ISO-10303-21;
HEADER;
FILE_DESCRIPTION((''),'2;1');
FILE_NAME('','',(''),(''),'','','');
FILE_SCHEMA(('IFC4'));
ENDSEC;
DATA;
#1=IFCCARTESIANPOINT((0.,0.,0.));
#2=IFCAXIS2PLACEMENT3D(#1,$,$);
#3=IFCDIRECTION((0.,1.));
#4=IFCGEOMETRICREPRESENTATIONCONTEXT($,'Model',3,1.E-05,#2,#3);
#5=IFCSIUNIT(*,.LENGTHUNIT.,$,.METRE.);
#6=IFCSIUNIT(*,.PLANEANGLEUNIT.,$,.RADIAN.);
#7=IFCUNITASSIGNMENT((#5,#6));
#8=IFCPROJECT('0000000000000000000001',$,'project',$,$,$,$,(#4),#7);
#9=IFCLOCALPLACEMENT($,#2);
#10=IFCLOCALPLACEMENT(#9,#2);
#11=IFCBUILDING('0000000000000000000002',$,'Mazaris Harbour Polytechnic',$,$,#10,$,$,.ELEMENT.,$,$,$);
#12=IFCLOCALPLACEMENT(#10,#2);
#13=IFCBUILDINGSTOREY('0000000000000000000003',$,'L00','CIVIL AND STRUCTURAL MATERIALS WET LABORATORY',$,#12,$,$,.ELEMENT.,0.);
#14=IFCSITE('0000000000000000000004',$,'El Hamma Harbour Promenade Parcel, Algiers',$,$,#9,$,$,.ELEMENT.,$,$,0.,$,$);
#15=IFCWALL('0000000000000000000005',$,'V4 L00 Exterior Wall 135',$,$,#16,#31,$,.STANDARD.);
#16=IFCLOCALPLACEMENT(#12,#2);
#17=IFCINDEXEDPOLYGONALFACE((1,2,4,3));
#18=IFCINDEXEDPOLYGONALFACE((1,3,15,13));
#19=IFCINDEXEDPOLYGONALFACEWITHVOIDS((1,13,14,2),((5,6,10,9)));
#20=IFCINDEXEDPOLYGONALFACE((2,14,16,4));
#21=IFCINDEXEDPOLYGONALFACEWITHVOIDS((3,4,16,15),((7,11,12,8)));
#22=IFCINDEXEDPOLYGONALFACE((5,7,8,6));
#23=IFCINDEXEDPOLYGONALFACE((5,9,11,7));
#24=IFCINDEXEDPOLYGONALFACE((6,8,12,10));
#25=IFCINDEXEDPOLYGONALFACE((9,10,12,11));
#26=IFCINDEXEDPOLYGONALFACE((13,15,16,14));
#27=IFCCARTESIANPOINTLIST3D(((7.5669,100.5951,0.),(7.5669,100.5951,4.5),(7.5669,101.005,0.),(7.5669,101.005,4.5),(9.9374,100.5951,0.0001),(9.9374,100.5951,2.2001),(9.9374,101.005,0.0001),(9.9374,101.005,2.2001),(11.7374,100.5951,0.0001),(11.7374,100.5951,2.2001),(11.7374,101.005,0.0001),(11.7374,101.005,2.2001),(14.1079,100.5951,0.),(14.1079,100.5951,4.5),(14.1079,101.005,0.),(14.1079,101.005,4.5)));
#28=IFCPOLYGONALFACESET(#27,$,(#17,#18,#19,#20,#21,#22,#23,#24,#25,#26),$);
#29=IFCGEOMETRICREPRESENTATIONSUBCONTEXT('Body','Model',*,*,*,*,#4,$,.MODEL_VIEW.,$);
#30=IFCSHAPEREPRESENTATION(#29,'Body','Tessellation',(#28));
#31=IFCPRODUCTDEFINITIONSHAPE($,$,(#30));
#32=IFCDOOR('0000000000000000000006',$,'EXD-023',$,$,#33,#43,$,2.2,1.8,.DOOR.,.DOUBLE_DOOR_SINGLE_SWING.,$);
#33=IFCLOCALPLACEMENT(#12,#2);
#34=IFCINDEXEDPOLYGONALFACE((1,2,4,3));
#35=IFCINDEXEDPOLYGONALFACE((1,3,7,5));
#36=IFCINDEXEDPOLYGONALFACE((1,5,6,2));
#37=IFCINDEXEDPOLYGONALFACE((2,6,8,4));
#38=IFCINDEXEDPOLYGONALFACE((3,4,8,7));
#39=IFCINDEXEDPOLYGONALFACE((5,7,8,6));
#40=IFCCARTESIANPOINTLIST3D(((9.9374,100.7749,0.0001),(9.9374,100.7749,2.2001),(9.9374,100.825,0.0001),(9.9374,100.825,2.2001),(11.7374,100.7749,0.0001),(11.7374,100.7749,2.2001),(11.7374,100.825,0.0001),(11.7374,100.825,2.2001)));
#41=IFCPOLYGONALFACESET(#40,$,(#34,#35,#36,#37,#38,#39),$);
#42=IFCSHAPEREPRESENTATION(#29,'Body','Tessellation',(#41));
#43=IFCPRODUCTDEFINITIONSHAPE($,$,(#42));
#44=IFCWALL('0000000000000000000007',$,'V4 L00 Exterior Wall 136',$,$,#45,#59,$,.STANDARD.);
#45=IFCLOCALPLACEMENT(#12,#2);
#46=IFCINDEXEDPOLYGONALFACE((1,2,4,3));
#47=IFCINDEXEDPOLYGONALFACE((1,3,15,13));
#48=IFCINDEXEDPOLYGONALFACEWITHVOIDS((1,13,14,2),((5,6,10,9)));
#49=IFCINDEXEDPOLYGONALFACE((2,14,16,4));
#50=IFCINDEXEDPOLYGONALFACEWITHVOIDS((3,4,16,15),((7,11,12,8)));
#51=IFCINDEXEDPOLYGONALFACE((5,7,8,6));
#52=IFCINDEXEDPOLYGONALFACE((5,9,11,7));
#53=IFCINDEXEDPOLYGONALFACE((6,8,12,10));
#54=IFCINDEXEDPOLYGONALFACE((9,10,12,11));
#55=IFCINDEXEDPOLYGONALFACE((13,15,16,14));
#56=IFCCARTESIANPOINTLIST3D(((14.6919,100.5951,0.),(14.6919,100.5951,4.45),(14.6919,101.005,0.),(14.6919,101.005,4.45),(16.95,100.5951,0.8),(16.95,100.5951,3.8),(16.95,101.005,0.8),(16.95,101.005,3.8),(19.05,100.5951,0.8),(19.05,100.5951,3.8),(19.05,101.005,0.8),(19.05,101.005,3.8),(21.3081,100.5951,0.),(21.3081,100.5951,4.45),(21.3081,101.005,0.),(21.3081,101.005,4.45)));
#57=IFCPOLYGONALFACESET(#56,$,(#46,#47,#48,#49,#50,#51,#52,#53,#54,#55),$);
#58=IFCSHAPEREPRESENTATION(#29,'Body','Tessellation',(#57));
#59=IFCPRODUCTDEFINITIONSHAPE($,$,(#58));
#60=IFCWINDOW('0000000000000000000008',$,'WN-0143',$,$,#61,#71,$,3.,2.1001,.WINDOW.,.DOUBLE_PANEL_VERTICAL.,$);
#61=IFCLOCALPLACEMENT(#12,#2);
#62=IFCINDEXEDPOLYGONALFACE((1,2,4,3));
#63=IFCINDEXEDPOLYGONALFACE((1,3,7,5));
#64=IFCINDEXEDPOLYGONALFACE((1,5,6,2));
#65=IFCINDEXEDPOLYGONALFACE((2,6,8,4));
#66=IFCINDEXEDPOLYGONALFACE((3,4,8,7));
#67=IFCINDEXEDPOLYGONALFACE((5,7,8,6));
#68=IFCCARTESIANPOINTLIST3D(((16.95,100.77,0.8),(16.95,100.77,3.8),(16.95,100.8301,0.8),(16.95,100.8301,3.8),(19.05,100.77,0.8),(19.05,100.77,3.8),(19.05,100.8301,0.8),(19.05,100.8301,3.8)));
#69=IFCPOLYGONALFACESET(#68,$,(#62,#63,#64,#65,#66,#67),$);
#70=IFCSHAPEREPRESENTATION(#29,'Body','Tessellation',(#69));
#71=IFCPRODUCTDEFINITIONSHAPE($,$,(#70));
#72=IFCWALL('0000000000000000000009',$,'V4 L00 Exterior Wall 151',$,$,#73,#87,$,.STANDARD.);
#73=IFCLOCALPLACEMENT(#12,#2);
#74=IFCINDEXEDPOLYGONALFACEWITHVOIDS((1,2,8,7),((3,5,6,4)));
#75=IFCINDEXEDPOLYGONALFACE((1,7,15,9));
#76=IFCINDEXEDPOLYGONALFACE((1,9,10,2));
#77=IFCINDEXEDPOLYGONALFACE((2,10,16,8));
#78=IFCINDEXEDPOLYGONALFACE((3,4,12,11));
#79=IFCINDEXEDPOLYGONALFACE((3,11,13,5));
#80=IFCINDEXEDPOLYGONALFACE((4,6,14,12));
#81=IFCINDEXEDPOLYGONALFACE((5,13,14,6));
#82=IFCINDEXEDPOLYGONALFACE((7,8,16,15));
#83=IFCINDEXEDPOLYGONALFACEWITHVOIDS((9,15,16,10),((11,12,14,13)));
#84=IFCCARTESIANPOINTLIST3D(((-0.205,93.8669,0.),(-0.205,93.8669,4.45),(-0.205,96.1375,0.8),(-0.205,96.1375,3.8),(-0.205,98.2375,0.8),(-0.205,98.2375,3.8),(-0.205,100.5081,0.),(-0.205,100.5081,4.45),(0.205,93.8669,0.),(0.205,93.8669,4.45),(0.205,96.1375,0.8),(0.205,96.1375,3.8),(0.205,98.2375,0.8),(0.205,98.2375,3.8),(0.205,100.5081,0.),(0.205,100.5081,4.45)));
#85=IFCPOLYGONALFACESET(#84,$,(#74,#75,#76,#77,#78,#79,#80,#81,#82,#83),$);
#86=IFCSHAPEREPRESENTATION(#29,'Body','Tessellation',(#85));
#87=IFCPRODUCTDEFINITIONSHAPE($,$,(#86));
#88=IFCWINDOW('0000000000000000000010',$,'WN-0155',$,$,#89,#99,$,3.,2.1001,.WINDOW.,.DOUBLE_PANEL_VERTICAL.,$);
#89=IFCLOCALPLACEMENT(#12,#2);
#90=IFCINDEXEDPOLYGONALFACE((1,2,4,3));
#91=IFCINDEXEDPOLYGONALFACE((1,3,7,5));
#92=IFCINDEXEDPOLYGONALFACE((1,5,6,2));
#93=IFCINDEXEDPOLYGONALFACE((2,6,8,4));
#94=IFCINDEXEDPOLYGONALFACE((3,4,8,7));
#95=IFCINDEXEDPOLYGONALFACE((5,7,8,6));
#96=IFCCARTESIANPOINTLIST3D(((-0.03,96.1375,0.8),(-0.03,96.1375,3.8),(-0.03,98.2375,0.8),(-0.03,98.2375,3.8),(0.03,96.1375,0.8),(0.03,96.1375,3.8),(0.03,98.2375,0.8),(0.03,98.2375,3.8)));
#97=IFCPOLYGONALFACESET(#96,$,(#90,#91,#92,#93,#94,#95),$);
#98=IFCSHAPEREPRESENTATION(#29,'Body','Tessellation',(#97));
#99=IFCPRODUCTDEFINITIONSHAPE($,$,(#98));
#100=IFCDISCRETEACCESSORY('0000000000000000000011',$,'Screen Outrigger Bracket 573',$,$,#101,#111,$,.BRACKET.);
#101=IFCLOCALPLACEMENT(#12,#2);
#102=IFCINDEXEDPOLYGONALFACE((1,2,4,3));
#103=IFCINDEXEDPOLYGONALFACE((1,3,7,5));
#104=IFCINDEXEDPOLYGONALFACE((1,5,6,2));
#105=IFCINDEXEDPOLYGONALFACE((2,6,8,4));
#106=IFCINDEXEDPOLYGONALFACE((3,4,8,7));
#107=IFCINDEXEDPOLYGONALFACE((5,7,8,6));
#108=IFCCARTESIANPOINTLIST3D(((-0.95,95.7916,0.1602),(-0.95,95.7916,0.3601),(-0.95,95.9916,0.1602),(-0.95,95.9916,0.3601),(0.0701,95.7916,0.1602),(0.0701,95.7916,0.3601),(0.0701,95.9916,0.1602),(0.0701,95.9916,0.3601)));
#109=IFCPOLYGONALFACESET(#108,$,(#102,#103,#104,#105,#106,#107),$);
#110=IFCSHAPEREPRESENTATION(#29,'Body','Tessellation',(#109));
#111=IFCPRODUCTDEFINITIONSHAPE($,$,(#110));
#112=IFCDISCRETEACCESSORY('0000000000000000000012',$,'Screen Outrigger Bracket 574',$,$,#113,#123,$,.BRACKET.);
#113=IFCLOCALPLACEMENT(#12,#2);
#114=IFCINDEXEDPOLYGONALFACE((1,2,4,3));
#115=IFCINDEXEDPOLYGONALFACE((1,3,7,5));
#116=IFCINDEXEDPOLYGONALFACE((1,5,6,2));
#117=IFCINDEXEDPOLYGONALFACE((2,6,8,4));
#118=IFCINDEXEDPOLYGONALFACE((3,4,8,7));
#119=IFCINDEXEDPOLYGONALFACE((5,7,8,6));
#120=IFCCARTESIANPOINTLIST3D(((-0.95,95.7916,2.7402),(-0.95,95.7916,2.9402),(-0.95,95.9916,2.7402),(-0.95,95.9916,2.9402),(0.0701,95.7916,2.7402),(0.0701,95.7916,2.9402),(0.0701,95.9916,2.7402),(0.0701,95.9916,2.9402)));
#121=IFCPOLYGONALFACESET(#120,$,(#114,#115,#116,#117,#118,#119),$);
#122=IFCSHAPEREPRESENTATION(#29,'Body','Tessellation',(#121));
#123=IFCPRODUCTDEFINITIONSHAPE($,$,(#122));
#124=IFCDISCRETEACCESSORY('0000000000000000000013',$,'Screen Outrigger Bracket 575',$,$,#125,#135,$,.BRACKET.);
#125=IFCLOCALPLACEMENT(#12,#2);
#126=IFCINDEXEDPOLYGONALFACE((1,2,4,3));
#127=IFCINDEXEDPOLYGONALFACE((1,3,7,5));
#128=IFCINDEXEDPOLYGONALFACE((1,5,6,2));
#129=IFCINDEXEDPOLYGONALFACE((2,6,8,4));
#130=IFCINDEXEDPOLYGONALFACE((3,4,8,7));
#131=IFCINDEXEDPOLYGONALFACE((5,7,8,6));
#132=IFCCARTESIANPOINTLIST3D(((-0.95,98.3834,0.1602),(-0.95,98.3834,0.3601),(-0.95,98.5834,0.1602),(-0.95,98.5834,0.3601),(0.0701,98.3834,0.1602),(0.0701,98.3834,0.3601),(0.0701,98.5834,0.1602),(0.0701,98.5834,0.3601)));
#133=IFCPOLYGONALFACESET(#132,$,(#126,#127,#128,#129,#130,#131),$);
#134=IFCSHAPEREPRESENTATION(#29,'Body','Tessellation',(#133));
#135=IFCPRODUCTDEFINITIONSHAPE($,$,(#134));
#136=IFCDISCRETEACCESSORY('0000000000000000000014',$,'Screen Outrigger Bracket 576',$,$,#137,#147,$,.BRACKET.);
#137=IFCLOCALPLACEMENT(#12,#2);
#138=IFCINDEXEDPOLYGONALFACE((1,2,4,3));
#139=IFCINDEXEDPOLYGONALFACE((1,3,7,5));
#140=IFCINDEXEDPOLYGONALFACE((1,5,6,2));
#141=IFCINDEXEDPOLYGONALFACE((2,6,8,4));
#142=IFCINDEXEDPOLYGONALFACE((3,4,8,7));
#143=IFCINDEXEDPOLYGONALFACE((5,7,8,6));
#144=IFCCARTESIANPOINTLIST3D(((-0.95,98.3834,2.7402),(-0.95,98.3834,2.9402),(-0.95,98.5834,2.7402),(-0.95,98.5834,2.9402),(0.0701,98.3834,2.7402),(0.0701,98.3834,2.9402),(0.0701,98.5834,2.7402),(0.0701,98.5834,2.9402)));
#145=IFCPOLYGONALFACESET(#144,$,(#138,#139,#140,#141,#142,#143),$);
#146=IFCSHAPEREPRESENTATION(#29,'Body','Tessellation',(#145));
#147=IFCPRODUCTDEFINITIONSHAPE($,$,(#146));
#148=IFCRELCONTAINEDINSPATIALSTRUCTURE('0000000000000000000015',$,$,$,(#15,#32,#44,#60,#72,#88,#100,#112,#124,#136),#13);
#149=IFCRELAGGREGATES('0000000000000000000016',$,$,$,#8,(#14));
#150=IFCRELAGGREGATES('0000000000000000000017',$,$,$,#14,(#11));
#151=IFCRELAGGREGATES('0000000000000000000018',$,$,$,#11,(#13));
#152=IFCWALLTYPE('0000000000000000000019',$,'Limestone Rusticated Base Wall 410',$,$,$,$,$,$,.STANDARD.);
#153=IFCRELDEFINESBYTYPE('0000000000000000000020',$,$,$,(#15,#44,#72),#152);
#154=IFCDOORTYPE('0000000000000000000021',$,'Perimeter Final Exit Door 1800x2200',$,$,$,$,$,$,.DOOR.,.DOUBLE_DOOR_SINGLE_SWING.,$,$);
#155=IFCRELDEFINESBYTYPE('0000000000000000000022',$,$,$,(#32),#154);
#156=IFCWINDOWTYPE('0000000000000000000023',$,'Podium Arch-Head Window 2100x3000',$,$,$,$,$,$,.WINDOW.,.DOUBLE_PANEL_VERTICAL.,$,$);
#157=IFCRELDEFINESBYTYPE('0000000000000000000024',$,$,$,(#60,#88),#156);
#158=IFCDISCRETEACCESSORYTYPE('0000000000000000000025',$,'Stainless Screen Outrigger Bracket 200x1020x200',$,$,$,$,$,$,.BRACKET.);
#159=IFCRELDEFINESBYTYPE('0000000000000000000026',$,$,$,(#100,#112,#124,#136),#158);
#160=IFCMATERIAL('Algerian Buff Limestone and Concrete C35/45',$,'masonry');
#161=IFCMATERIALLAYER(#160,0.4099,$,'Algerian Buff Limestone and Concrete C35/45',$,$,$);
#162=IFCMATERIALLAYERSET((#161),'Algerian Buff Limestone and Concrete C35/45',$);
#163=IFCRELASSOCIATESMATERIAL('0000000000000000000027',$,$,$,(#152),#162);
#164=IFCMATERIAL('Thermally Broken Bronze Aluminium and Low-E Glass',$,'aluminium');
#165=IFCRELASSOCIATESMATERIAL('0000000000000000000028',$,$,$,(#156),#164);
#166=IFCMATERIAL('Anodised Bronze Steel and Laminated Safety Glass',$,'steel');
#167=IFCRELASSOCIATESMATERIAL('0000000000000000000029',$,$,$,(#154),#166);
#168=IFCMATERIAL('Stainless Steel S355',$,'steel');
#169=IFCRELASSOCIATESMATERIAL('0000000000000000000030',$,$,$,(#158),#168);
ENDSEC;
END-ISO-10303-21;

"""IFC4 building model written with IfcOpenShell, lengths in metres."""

from ifc_helpers import new_model, si_unit, direction, frame, frame_2d, origin, origin_2d, place, context, subcontext, project, spatial, rectangle, extrude, material, layer, layer_set, type_object, element, fill, save


model = new_model("IFC4")

# Units and contexts
model_context = context("Model", 3, precision=1e-05, world=origin(), true_north=direction((0.0, 1.0)))
body_context = subcontext(model_context, "Body", "Model", "MODEL_VIEW")
ifc_project = project(units=[si_unit("LENGTHUNIT", "METRE"), si_unit("PLANEANGLEUNIT", "RADIAN")], contexts=[model_context])

# Site, building, storey
site_placement = place(None, origin())
site = spatial("IfcSite", under=ifc_project, at=site_placement, Name="El Hamma Harbour Promenade Parcel, Algiers", CompositionType="ELEMENT", RefElevation=0.0)
building_placement = place(site_placement, origin())
building = spatial("IfcBuilding", under=site, at=building_placement, Name="Mazaris Harbour Polytechnic", CompositionType="ELEMENT")
storey_placement = place(building_placement, origin())
storey = spatial("IfcBuildingStorey", under=building, at=storey_placement, Name="L00", Description="CIVIL AND STRUCTURAL MATERIALS WET LABORATORY", CompositionType="ELEMENT", Elevation=0.0)

# Shared definitions
ifc_material_1 = material(Name="Algerian Buff Limestone and Concrete C35/45", Category="masonry")
ifc_layer = layer(ifc_material_1, 0.4099, Name="Algerian Buff Limestone and Concrete C35/45")
ifc_layer_set = layer_set([ifc_layer], Name="Algerian Buff Limestone and Concrete C35/45")
wall_type = type_object("IfcWallType", Name="Limestone Rusticated Base Wall 410", PredefinedType="STANDARD", material=ifc_layer_set)
ifc_material_2 = material(Name="Thermally Broken Bronze Aluminium and Low-E Glass", Category="aluminium")
window_type = type_object("IfcWindowType", Name="Podium Arch-Head Window 2100x3000", PartitioningType="DOUBLE_PANEL_VERTICAL", PredefinedType="WINDOW", material=ifc_material_2)

# Wall, opening, door
wall_1_placement = place(storey_placement, frame((7.5669, 100.8, 0.0), z_axis=(0.0, 0.0, 1.0), x_axis=(1.0, 0.0, 0.0)))
wall_1 = element("IfcWall", 1, at=wall_1_placement, inside=storey, type_object=wall_type, Name="V4 L00 Exterior Wall 135", PredefinedType="STANDARD", context=body_context, shape_type="SweptSolid", body=[
    extrude(rectangle(XDim=6.541, YDim=0.4099, at=frame_2d((3.2705, 0.0))), origin(), (0.0, 0.0, 1.0), 4.5),
])
opening_1_placement = place(wall_1_placement, frame((2.3706, 0.0, 0.0)))
opening_1 = element("IfcOpeningElement", 2, at=opening_1_placement, cuts=wall_1, PredefinedType="OPENING", context=body_context, shape_type="SweptSolid", body=[
    extrude(rectangle(XDim=1.8, YDim=2.2, at=frame_2d((0.8999, 1.1001))), frame((0.0, 0.2148, 0.0), z_axis=(0.0, -1.0, 0.0), x_axis=(1.0, 0.0, 0.0)), (0.0, 0.0, 1.0), 0.4299),
])
ifc_material_3 = material(Name="Anodised Bronze Steel and Laminated Safety Glass", Category="steel")
door_type = type_object("IfcDoorType", Name="Perimeter Final Exit Door 1800x2200", OperationType="DOUBLE_DOOR_SINGLE_SWING", PredefinedType="DOOR", material=ifc_material_3)
door_placement = place(opening_1_placement, origin())
door = element("IfcDoor", 3, at=door_placement, inside=storey, type_object=door_type, Name="EXD-023", OperationType="DOUBLE_DOOR_SINGLE_SWING", OverallHeight=2.2, OverallWidth=1.8, PredefinedType="DOOR", context=body_context, shape_type="SweptSolid", body=[
    extrude(rectangle(XDim=1.8, YDim=2.2, at=frame_2d((0.8999, 1.1001))), frame((0.0, 0.0249, 0.0), z_axis=(0.0, -1.0, 0.0), x_axis=(1.0, 0.0, 0.0)), (0.0, 0.0, 1.0), 0.05),
])
fill(opening_1, door)

# Walls, openings, windows
wall_2_placement = place(storey_placement, frame((14.6919, 100.8, 0.0), z_axis=(0.0, 0.0, 1.0), x_axis=(1.0, 0.0, 0.0)))
wall_2 = element("IfcWall", 4, at=wall_2_placement, inside=storey, type_object=wall_type, Name="V4 L00 Exterior Wall 136", PredefinedType="STANDARD", context=body_context, shape_type="SweptSolid", body=[
    extrude(rectangle(XDim=6.6162, YDim=0.4099, at=frame_2d((3.3081, 0.0))), origin(), (0.0, 0.0, 1.0), 4.45),
])
opening_2_placement = place(wall_2_placement, frame((2.2581, 0.0, 0.8)))
opening_2 = element("IfcOpeningElement", 5, at=opening_2_placement, cuts=wall_2, PredefinedType="OPENING", context=body_context, shape_type="SweptSolid", body=[
    extrude(rectangle(XDim=2.1001, YDim=3.0, at=frame_2d((1.05, 1.5))), frame((0.0, 0.2148, 0.0), z_axis=(0.0, -1.0, 0.0), x_axis=(1.0, 0.0, 0.0)), (0.0, 0.0, 1.0), 0.4299),
])
window_1_placement = place(opening_2_placement, origin())
window_1 = element("IfcWindow", 6, at=window_1_placement, inside=storey, type_object=window_type, Name="WN-0143", OverallHeight=3.0, OverallWidth=2.1001, PartitioningType="DOUBLE_PANEL_VERTICAL", PredefinedType="WINDOW", context=body_context, shape_type="SweptSolid", body=[
    extrude(rectangle(XDim=2.1001, YDim=3.0, at=frame_2d((1.05, 1.5))), frame((0.0, 0.03, 0.0), z_axis=(0.0, -1.0, 0.0), x_axis=(1.0, 0.0, 0.0)), (0.0, 0.0, 1.0), 0.0601),
])
fill(opening_2, window_1)
wall_3_placement = place(storey_placement, frame((0.0, 93.8669, 0.0), z_axis=(0.0, 0.0, 1.0), x_axis=(0.0, 1.0, 0.0)))
wall_3 = element("IfcWall", 7, at=wall_3_placement, inside=storey, type_object=wall_type, Name="V4 L00 Exterior Wall 151", PredefinedType="STANDARD", context=body_context, shape_type="SweptSolid", body=[
    extrude(rectangle(XDim=6.6411, YDim=0.4099, at=frame_2d((3.3206, 0.0))), origin(), (0.0, 0.0, 1.0), 4.45),
])
opening_3_placement = place(wall_3_placement, frame((2.2705, 0.0, 0.8)))
opening_3 = element("IfcOpeningElement", 8, at=opening_3_placement, cuts=wall_3, PredefinedType="OPENING", context=body_context, shape_type="SweptSolid", body=[
    extrude(rectangle(XDim=2.1001, YDim=3.0, at=frame_2d((1.05, 1.5))), frame((0.0, 0.2148, 0.0), z_axis=(0.0, -1.0, 0.0), x_axis=(1.0, 0.0, 0.0)), (0.0, 0.0, 1.0), 0.4299),
])
window_2_placement = place(opening_3_placement, origin())
window_2 = element("IfcWindow", 9, at=window_2_placement, inside=storey, type_object=window_type, Name="WN-0155", OverallHeight=3.0, OverallWidth=2.1001, PartitioningType="DOUBLE_PANEL_VERTICAL", PredefinedType="WINDOW", context=body_context, shape_type="SweptSolid", body=[
    extrude(rectangle(XDim=2.1001, YDim=3.0, at=frame_2d((1.05, 1.5))), frame((0.0, 0.03, 0.0), z_axis=(0.0, -1.0, 0.0), x_axis=(1.0, 0.0, 0.0)), (0.0, 0.0, 1.0), 0.0601),
])
fill(opening_3, window_2)

# Discrete accessories
ifc_material_4 = material(Name="Stainless Steel S355", Category="steel")
discrete_accessory_type = type_object("IfcDiscreteAccessoryType", Name="Stainless Screen Outrigger Bracket 200x1020x200", PredefinedType="BRACKET", material=ifc_material_4)
for number, where, z_axis, x_axis, name in (
    (10, (-0.4399, 95.8916, 0.1602), (0.0, 0.0, 1.0), (0.0, 1.0, 0.0), "Screen Outrigger Bracket 573"),
    (11, (-0.4399, 95.8916, 2.7402), (0.0, 0.0, 1.0), (0.0, 1.0, 0.0), "Screen Outrigger Bracket 574"),
    (12, (-0.4399, 98.4834, 0.1602), (0.0, 0.0, 1.0), (0.0, 1.0, 0.0), "Screen Outrigger Bracket 575"),
    (13, (-0.4399, 98.4834, 2.7402), (0.0, 0.0, 1.0), (0.0, 1.0, 0.0), "Screen Outrigger Bracket 576"),
):
    element("IfcDiscreteAccessory", number, at=place(storey_placement, frame(where, z_axis=z_axis, x_axis=x_axis)), inside=storey, type_object=discrete_accessory_type, Name=name, PredefinedType="BRACKET", context=body_context, shape_type="SweptSolid", body=[
        extrude(rectangle(XDim=0.2, YDim=1.02, at=origin_2d()), origin(), (0.0, 0.0, 1.0), 0.2),
    ])

save(model, "model.ifc")
